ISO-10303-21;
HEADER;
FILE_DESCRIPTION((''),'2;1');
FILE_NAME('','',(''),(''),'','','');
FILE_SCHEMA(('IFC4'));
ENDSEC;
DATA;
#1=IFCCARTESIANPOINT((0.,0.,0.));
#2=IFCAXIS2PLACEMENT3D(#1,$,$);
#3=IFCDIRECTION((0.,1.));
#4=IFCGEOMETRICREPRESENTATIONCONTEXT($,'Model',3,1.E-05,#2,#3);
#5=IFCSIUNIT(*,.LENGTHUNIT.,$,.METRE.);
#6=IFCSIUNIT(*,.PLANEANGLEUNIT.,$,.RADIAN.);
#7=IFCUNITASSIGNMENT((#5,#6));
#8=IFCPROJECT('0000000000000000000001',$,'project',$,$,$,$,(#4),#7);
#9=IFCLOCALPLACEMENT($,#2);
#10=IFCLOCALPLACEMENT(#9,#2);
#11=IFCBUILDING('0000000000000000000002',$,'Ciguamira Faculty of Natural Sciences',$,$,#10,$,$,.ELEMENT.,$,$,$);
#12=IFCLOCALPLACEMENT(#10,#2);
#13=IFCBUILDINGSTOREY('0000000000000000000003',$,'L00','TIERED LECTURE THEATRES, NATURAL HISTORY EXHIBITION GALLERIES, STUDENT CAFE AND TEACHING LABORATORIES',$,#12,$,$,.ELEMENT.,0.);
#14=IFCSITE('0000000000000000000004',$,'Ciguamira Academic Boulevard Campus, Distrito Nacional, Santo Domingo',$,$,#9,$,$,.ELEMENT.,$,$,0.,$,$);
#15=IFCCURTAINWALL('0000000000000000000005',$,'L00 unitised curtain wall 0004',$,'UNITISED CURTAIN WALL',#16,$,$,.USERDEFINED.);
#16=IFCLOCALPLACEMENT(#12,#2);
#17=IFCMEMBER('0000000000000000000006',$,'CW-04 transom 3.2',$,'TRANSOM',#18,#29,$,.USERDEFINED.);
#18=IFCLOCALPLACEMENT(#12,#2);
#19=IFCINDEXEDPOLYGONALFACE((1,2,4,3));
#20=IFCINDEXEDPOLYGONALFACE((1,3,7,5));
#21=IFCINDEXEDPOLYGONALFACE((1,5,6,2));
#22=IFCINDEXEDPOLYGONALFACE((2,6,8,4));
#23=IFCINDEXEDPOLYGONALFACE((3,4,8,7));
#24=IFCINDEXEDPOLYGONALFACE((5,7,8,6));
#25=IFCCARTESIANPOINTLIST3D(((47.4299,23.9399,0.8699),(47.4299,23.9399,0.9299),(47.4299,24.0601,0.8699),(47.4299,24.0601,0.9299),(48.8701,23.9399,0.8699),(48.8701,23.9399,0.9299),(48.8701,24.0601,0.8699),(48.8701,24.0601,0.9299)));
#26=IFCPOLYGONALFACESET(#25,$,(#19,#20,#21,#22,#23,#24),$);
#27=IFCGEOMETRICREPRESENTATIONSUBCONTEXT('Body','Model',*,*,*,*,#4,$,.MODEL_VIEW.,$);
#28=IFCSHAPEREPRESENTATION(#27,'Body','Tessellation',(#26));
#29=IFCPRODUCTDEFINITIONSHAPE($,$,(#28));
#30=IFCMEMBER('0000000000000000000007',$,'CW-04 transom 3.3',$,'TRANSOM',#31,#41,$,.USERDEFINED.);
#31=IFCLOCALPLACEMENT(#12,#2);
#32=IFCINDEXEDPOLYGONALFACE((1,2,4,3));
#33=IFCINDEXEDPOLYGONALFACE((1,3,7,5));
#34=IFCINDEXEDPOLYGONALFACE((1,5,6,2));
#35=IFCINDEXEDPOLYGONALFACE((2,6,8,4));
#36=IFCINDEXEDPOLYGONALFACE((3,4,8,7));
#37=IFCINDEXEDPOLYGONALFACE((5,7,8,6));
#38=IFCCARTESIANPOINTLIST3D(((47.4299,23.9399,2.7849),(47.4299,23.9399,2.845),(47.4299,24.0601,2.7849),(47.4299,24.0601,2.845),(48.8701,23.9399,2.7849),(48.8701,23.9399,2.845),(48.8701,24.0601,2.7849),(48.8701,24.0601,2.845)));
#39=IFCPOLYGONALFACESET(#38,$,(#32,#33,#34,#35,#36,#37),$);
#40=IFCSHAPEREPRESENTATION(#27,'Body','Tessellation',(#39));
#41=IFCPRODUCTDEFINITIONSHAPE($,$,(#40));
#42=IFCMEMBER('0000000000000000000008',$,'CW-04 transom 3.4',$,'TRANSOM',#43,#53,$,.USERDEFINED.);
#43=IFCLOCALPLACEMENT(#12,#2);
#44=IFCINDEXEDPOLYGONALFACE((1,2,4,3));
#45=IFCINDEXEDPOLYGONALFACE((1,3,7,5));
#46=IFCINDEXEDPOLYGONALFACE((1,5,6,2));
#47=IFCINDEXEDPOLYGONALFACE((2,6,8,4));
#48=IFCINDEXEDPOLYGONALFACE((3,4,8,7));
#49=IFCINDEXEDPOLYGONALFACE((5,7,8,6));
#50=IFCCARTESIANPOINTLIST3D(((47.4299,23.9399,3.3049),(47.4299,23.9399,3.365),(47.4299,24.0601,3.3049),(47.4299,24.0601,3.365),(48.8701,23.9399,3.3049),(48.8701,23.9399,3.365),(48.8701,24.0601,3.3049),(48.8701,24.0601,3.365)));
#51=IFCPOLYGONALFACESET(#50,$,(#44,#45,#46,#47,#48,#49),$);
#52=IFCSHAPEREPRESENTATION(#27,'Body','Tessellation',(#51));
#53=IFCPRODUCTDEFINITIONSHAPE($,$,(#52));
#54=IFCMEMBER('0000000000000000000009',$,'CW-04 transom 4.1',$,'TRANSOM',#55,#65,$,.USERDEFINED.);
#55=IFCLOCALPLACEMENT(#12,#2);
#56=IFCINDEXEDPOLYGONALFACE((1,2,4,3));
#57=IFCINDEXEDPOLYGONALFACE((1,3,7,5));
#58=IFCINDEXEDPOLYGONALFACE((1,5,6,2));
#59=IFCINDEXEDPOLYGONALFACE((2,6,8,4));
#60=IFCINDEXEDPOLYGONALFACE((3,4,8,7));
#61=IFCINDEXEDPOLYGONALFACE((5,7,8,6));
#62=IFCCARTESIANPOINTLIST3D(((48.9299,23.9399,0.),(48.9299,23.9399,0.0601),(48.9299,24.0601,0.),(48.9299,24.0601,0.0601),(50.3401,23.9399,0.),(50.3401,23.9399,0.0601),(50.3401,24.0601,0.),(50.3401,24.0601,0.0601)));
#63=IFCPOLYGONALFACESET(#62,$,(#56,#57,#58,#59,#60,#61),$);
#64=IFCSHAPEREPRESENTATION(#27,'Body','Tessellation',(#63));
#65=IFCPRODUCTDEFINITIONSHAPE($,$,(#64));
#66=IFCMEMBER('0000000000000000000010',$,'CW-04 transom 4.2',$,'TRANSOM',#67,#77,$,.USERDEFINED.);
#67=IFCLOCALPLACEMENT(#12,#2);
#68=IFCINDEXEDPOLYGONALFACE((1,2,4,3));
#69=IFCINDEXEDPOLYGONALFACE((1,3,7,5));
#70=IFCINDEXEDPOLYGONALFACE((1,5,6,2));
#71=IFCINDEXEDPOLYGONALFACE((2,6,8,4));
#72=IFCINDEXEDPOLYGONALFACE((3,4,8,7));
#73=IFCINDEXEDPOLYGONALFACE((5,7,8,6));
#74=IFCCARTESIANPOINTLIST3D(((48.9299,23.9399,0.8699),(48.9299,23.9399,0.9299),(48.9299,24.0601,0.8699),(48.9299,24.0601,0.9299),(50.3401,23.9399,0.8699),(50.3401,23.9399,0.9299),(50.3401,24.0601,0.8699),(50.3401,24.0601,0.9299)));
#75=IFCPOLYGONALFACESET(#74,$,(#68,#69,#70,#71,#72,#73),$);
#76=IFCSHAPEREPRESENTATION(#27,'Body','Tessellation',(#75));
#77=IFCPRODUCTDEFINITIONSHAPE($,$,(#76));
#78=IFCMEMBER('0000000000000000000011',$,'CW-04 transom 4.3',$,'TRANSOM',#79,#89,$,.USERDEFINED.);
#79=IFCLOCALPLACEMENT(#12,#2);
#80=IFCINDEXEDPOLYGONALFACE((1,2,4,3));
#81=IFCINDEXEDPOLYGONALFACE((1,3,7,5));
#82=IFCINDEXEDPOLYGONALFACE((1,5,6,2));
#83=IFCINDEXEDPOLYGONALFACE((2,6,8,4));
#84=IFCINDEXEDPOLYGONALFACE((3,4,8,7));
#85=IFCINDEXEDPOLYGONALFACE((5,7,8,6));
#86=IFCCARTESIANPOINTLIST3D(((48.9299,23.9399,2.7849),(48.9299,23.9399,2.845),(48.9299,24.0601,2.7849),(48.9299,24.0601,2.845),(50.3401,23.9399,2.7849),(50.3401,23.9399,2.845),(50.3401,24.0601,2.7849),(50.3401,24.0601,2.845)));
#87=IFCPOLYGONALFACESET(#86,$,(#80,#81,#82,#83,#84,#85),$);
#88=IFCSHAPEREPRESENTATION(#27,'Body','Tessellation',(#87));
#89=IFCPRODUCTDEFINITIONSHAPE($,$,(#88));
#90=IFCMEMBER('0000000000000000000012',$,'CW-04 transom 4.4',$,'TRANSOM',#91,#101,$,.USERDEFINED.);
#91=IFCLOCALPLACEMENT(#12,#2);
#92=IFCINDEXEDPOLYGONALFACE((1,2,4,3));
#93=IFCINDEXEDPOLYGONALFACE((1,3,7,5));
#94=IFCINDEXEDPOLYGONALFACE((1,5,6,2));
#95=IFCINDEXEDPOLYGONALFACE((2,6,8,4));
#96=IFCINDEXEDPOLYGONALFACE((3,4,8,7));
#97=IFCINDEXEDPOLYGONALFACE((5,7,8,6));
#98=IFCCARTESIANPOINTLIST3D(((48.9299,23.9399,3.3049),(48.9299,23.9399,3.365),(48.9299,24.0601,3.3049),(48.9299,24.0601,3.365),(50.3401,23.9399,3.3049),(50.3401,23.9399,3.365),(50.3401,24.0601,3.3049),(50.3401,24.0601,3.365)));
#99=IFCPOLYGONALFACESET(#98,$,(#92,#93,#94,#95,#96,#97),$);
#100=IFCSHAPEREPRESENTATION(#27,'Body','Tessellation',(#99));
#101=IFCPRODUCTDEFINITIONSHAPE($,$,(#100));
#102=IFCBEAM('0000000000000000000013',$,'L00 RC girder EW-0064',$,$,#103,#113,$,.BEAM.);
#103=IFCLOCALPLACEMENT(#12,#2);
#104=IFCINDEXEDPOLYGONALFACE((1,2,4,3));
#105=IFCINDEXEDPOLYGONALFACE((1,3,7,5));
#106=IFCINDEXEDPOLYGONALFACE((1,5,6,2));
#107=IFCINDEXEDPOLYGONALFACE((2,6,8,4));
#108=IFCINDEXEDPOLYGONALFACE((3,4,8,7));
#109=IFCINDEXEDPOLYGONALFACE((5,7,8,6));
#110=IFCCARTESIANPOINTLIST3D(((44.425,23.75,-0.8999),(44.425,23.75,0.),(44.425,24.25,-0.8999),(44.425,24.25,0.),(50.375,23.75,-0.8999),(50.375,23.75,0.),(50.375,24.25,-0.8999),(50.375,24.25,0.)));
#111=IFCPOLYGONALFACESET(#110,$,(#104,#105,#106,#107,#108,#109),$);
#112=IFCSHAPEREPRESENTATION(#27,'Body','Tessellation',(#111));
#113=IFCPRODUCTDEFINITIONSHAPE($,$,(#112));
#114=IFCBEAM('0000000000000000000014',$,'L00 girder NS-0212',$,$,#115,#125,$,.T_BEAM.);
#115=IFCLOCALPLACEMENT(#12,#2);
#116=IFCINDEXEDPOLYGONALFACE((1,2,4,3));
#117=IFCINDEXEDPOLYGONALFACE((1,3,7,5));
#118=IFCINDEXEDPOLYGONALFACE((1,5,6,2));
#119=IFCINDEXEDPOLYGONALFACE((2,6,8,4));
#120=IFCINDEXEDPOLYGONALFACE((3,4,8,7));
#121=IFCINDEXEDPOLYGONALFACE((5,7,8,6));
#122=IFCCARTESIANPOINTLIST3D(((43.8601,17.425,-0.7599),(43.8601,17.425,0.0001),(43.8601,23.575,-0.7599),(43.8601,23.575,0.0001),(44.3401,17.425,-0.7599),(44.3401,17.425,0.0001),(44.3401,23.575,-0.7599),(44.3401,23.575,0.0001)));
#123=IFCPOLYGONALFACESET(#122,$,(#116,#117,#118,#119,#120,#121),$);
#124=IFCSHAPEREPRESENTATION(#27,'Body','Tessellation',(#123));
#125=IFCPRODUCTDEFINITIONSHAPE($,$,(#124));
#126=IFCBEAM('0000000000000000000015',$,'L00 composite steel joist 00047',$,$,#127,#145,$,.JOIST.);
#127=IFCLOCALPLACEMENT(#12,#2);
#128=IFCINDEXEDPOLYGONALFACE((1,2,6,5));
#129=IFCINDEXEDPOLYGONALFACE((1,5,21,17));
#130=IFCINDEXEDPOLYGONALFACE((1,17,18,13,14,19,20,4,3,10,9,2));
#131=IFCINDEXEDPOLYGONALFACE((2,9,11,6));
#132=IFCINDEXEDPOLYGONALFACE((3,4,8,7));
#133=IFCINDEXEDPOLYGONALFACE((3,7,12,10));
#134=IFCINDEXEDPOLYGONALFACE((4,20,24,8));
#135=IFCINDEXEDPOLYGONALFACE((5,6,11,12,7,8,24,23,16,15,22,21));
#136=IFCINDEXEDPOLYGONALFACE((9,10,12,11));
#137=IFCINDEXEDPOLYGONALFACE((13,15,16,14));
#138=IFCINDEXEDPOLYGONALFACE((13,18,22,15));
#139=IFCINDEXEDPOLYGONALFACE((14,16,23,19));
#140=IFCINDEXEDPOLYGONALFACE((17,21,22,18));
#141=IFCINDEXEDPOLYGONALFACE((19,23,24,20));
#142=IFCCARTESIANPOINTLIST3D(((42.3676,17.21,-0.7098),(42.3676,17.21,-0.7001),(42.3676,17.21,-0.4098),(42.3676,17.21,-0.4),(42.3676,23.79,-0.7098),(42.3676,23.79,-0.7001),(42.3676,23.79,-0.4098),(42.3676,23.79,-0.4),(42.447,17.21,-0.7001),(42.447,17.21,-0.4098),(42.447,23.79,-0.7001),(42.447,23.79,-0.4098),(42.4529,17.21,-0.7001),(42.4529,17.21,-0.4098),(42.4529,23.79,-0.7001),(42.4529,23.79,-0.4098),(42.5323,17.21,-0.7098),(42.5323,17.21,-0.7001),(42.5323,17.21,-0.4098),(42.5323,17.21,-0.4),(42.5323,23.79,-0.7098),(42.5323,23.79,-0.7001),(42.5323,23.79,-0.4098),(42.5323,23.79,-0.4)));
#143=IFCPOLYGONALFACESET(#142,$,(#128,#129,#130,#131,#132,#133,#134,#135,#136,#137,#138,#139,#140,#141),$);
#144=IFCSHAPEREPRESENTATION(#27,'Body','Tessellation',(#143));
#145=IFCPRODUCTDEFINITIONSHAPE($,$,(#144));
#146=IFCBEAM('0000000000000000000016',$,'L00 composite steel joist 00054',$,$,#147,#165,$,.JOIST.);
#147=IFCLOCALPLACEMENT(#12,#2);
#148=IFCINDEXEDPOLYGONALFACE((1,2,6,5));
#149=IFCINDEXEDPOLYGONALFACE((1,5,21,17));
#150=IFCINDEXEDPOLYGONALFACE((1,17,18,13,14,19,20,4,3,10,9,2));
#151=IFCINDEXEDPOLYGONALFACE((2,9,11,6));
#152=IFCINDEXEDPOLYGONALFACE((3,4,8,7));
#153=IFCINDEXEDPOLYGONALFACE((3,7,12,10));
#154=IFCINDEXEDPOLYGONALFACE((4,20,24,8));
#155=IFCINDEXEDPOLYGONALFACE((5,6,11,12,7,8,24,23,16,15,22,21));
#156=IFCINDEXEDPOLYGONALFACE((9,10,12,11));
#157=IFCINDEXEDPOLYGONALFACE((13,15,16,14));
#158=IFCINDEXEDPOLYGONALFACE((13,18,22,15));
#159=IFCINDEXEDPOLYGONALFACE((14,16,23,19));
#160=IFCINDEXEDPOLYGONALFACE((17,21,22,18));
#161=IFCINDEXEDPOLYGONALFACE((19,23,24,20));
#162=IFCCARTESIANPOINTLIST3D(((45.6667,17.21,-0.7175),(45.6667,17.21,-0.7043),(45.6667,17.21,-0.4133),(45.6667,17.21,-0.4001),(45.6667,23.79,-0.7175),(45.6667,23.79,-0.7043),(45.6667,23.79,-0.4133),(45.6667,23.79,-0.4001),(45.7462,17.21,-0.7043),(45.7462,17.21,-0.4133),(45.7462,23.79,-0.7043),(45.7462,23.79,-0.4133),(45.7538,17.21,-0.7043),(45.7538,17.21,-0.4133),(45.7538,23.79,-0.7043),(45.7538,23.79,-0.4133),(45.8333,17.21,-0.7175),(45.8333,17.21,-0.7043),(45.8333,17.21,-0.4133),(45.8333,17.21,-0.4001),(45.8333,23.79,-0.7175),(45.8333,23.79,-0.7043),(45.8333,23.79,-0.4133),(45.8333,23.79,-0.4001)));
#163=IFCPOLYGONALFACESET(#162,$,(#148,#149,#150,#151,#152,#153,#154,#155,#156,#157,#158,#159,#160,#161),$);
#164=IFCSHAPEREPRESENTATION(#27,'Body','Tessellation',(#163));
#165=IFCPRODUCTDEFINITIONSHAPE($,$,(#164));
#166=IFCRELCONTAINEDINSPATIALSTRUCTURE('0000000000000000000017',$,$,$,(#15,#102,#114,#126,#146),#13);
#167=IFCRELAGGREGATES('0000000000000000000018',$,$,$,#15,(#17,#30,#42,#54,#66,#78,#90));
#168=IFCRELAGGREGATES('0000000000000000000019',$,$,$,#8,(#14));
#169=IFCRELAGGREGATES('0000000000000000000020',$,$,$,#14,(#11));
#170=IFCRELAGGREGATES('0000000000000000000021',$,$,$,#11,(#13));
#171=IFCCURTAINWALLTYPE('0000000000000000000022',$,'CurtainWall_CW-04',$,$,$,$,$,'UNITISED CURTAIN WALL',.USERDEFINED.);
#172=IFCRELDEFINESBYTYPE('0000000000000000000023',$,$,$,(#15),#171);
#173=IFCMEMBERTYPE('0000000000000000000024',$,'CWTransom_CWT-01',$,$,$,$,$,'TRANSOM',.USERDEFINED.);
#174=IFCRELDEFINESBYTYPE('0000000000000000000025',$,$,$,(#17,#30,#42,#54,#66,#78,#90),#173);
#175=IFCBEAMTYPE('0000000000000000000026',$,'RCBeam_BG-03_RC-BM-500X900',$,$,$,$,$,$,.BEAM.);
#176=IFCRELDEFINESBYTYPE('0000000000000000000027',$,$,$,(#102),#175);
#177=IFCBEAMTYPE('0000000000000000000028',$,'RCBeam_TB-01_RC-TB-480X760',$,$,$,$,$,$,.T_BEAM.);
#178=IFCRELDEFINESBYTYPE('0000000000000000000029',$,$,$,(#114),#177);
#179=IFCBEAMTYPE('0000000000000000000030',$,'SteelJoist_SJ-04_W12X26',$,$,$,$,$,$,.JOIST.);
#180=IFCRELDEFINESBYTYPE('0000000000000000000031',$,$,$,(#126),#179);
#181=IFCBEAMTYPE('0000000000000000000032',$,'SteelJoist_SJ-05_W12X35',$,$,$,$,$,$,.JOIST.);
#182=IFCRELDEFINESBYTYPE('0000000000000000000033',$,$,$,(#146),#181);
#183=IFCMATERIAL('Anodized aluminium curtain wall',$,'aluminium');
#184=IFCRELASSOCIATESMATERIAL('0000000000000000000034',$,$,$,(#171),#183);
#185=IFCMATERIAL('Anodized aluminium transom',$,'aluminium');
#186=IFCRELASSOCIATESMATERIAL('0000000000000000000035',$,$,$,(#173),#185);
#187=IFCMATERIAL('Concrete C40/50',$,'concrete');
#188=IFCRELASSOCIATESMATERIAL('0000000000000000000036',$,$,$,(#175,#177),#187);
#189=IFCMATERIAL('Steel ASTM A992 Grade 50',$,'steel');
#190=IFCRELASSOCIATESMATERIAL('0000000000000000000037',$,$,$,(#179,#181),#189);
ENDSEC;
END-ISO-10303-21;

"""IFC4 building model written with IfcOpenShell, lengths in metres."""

from ifc_helpers import new_model, si_unit, direction, frame, origin, origin_2d, place, context, subcontext, project, spatial, rectangle, i_section, extrude, material, material_profile, profile_set, type_object, element, aggregate, save


model = new_model("IFC4")

# Units and contexts
model_context = context("Model", 3, precision=1e-05, world=origin(), true_north=direction((0.0, 1.0)))
body_context = subcontext(model_context, "Body", "Model", "MODEL_VIEW")
ifc_project = project(units=[si_unit("LENGTHUNIT", "METRE"), si_unit("PLANEANGLEUNIT", "RADIAN")], contexts=[model_context])

# Site, building, storey
site_placement = place(None, origin())
site = spatial("IfcSite", under=ifc_project, at=site_placement, Name="Ciguamira Academic Boulevard Campus, Distrito Nacional, Santo Domingo", CompositionType="ELEMENT", RefElevation=0.0)
building_placement = place(site_placement, origin())
building = spatial("IfcBuilding", under=site, at=building_placement, Name="Ciguamira Faculty of Natural Sciences", CompositionType="ELEMENT")
storey_placement = place(building_placement, origin())
storey = spatial("IfcBuildingStorey", under=building, at=storey_placement, Name="L00", Description="TIERED LECTURE THEATRES, NATURAL HISTORY EXHIBITION GALLERIES, STUDENT CAFE AND TEACHING LABORATORIES", CompositionType="ELEMENT", Elevation=0.0)

# Shared definitions
ifc_material_1 = material(Name="Concrete C40/50", Category="concrete")

# Curtain wall, members
ifc_material_2 = material(Name="Anodized aluminium curtain wall", Category="aluminium")
curtain_wall_type = type_object("IfcCurtainWallType", Name="CurtainWall_CW-04", ElementType="UNITISED CURTAIN WALL", PredefinedType="USERDEFINED", material=ifc_material_2)
curtain_wall_placement = place(storey_placement, origin())
curtain_wall = element("IfcCurtainWall", 1, at=curtain_wall_placement, inside=storey, type_object=curtain_wall_type, Name="L00 unitised curtain wall 0004", ObjectType="UNITISED CURTAIN WALL", PredefinedType="USERDEFINED")
ifc_material_3 = material(Name="Anodized aluminium transom", Category="aluminium")
ifc_material_profile_1 = material_profile(ifc_material_3, rectangle(XDim=0.0601, YDim=0.1201, at=origin_2d()), Name="ALU-TRN-60X120")
ifc_profile_set_1 = profile_set([ifc_material_profile_1], Name="Anodized aluminium transom")
member_type_1 = type_object("IfcMemberType", Name="CWTransom_CWT-01", ElementType="TRANSOM", PredefinedType="USERDEFINED", material=ifc_profile_set_1)
member_1_placement = place(storey_placement, frame((47.4299, 24.0, 0.8999), z_axis=(1.0, 0.0, 0.0), x_axis=(0.0, 0.0, 1.0)))
member_1 = element("IfcMember", 2, at=member_1_placement, type_object=member_type_1, Name="CW-04 transom 3.2", ObjectType="TRANSOM", PredefinedType="USERDEFINED", context=body_context, shape_type="SweptSolid", body=[
    extrude(rectangle(XDim=0.0601, YDim=0.1201, at=origin_2d()), origin(), (0.0, 0.0, 1.0), 1.4402),
])
member_2_placement = place(storey_placement, frame((47.4299, 24.0, 2.8149), z_axis=(1.0, 0.0, 0.0), x_axis=(0.0, 0.0, 1.0)))
member_2 = element("IfcMember", 3, at=member_2_placement, type_object=member_type_1, Name="CW-04 transom 3.3", ObjectType="TRANSOM", PredefinedType="USERDEFINED", context=body_context, shape_type="SweptSolid", body=[
    extrude(rectangle(XDim=0.0601, YDim=0.1201, at=origin_2d()), origin(), (0.0, 0.0, 1.0), 1.4402),
])
member_3_placement = place(storey_placement, frame((47.4299, 24.0, 3.335), z_axis=(1.0, 0.0, 0.0), x_axis=(0.0, 0.0, 1.0)))
member_3 = element("IfcMember", 4, at=member_3_placement, type_object=member_type_1, Name="CW-04 transom 3.4", ObjectType="TRANSOM", PredefinedType="USERDEFINED", context=body_context, shape_type="SweptSolid", body=[
    extrude(rectangle(XDim=0.0601, YDim=0.1201, at=origin_2d()), origin(), (0.0, 0.0, 1.0), 1.4402),
])
member_4_placement = place(storey_placement, frame((48.9299, 24.0, 0.03), z_axis=(1.0, 0.0, 0.0), x_axis=(0.0, 0.0, 1.0)))
member_4 = element("IfcMember", 5, at=member_4_placement, type_object=member_type_1, Name="CW-04 transom 4.1", ObjectType="TRANSOM", PredefinedType="USERDEFINED", context=body_context, shape_type="SweptSolid", body=[
    extrude(rectangle(XDim=0.0601, YDim=0.1201, at=origin_2d()), origin(), (0.0, 0.0, 1.0), 1.4102),
])
member_5_placement = place(storey_placement, frame((48.9299, 24.0, 0.8999), z_axis=(1.0, 0.0, 0.0), x_axis=(0.0, 0.0, 1.0)))
member_5 = element("IfcMember", 6, at=member_5_placement, type_object=member_type_1, Name="CW-04 transom 4.2", ObjectType="TRANSOM", PredefinedType="USERDEFINED", context=body_context, shape_type="SweptSolid", body=[
    extrude(rectangle(XDim=0.0601, YDim=0.1201, at=origin_2d()), origin(), (0.0, 0.0, 1.0), 1.4102),
])
member_6_placement = place(storey_placement, frame((48.9299, 24.0, 2.8149), z_axis=(1.0, 0.0, 0.0), x_axis=(0.0, 0.0, 1.0)))
member_6 = element("IfcMember", 7, at=member_6_placement, type_object=member_type_1, Name="CW-04 transom 4.3", ObjectType="TRANSOM", PredefinedType="USERDEFINED", context=body_context, shape_type="SweptSolid", body=[
    extrude(rectangle(XDim=0.0601, YDim=0.1201, at=origin_2d()), origin(), (0.0, 0.0, 1.0), 1.4102),
])
member_7_placement = place(storey_placement, frame((48.9299, 24.0, 3.335), z_axis=(1.0, 0.0, 0.0), x_axis=(0.0, 0.0, 1.0)))
member_7 = element("IfcMember", 8, at=member_7_placement, type_object=member_type_1, Name="CW-04 transom 4.4", ObjectType="TRANSOM", PredefinedType="USERDEFINED", context=body_context, shape_type="SweptSolid", body=[
    extrude(rectangle(XDim=0.0601, YDim=0.1201, at=origin_2d()), origin(), (0.0, 0.0, 1.0), 1.4102),
])

# Beams
ifc_material_profile_2 = material_profile(ifc_material_1, rectangle(XDim=0.5, YDim=0.8999, at=origin_2d()), Name="RC-BM-500X900")
ifc_profile_set_2 = profile_set([ifc_material_profile_2], Name="Concrete C40/50")
beam_type_1 = type_object("IfcBeamType", Name="RCBeam_BG-03_RC-BM-500X900", PredefinedType="BEAM", material=ifc_profile_set_2)
beam_1_placement = place(storey_placement, frame((44.425, 24.0, -0.45), z_axis=(1.0, 0.0, 0.0), x_axis=(0.0, 1.0, 0.0)))
element("IfcBeam", 9, at=beam_1_placement, inside=storey, type_object=beam_type_1, Name="L00 RC girder EW-0064", PredefinedType="BEAM", context=body_context, shape_type="SweptSolid", body=[
    extrude(rectangle(XDim=0.5, YDim=0.8999, at=origin_2d()), origin(), (0.0, 0.0, 1.0), 5.95),
])
ifc_material_profile_3 = material_profile(ifc_material_1, rectangle(XDim=0.48, YDim=0.76, at=origin_2d()), Name="RC-TB-480X760")
ifc_profile_set_3 = profile_set([ifc_material_profile_3], Name="Concrete C40/50")
beam_type_2 = type_object("IfcBeamType", Name="RCBeam_TB-01_RC-TB-480X760", PredefinedType="T_BEAM", material=ifc_profile_set_3)
beam_2_placement = place(storey_placement, frame((44.1001, 17.425, -0.3799), z_axis=(0.0, 1.0, 0.0), x_axis=(-1.0, 0.0, 0.0)))
element("IfcBeam", 10, at=beam_2_placement, inside=storey, type_object=beam_type_2, Name="L00 girder NS-0212", PredefinedType="T_BEAM", context=body_context, shape_type="SweptSolid", body=[
    extrude(rectangle(XDim=0.48, YDim=0.76, at=origin_2d()), origin(), (0.0, 0.0, 1.0), 6.1499),
])
ifc_material_4 = material(Name="Steel ASTM A992 Grade 50", Category="steel")
ifc_material_profile_4 = material_profile(ifc_material_4, i_section(OverallWidth=0.1648, OverallDepth=0.3098, WebThickness=0.0059, FlangeThickness=0.0098, at=origin_2d()), Name="W12X26")
ifc_profile_set_4 = profile_set([ifc_material_profile_4], Name="Steel ASTM A992 Grade 50")
beam_type_3 = type_object("IfcBeamType", Name="SteelJoist_SJ-04_W12X26", PredefinedType="JOIST", material=ifc_profile_set_4)
beam_3_placement = place(storey_placement, frame((42.45, 17.21, -0.5549), z_axis=(0.0, 1.0, 0.0), x_axis=(-1.0, 0.0, 0.0)))
element("IfcBeam", 11, at=beam_3_placement, inside=storey, type_object=beam_type_3, Name="L00 composite steel joist 00047", PredefinedType="JOIST", context=body_context, shape_type="SweptSolid", body=[
    extrude(i_section(OverallWidth=0.1648, OverallDepth=0.3098, WebThickness=0.0059, FlangeThickness=0.0098, at=origin_2d()), origin(), (0.0, 0.0, 1.0), 6.5801),
])
ifc_material_profile_5 = material_profile(ifc_material_4, i_section(OverallWidth=0.1665, OverallDepth=0.3174, WebThickness=0.0076, FlangeThickness=0.0132, at=origin_2d()), Name="W12X35")
ifc_profile_set_5 = profile_set([ifc_material_profile_5], Name="Steel ASTM A992 Grade 50")
beam_type_4 = type_object("IfcBeamType", Name="SteelJoist_SJ-05_W12X35", PredefinedType="JOIST", material=ifc_profile_set_5)
beam_4_placement = place(storey_placement, frame((45.75, 17.21, -0.5588), z_axis=(0.0, 1.0, 0.0), x_axis=(-1.0, 0.0, 0.0)))
element("IfcBeam", 12, at=beam_4_placement, inside=storey, type_object=beam_type_4, Name="L00 composite steel joist 00054", PredefinedType="JOIST", context=body_context, shape_type="SweptSolid", body=[
    extrude(i_section(OverallWidth=0.1665, OverallDepth=0.3174, WebThickness=0.0076, FlangeThickness=0.0132, at=origin_2d()), origin(), (0.0, 0.0, 1.0), 6.5801),
])

aggregate(curtain_wall, [member_1, member_2, member_3, member_4, member_5, member_6, member_7])

save(model, "model.ifc")
